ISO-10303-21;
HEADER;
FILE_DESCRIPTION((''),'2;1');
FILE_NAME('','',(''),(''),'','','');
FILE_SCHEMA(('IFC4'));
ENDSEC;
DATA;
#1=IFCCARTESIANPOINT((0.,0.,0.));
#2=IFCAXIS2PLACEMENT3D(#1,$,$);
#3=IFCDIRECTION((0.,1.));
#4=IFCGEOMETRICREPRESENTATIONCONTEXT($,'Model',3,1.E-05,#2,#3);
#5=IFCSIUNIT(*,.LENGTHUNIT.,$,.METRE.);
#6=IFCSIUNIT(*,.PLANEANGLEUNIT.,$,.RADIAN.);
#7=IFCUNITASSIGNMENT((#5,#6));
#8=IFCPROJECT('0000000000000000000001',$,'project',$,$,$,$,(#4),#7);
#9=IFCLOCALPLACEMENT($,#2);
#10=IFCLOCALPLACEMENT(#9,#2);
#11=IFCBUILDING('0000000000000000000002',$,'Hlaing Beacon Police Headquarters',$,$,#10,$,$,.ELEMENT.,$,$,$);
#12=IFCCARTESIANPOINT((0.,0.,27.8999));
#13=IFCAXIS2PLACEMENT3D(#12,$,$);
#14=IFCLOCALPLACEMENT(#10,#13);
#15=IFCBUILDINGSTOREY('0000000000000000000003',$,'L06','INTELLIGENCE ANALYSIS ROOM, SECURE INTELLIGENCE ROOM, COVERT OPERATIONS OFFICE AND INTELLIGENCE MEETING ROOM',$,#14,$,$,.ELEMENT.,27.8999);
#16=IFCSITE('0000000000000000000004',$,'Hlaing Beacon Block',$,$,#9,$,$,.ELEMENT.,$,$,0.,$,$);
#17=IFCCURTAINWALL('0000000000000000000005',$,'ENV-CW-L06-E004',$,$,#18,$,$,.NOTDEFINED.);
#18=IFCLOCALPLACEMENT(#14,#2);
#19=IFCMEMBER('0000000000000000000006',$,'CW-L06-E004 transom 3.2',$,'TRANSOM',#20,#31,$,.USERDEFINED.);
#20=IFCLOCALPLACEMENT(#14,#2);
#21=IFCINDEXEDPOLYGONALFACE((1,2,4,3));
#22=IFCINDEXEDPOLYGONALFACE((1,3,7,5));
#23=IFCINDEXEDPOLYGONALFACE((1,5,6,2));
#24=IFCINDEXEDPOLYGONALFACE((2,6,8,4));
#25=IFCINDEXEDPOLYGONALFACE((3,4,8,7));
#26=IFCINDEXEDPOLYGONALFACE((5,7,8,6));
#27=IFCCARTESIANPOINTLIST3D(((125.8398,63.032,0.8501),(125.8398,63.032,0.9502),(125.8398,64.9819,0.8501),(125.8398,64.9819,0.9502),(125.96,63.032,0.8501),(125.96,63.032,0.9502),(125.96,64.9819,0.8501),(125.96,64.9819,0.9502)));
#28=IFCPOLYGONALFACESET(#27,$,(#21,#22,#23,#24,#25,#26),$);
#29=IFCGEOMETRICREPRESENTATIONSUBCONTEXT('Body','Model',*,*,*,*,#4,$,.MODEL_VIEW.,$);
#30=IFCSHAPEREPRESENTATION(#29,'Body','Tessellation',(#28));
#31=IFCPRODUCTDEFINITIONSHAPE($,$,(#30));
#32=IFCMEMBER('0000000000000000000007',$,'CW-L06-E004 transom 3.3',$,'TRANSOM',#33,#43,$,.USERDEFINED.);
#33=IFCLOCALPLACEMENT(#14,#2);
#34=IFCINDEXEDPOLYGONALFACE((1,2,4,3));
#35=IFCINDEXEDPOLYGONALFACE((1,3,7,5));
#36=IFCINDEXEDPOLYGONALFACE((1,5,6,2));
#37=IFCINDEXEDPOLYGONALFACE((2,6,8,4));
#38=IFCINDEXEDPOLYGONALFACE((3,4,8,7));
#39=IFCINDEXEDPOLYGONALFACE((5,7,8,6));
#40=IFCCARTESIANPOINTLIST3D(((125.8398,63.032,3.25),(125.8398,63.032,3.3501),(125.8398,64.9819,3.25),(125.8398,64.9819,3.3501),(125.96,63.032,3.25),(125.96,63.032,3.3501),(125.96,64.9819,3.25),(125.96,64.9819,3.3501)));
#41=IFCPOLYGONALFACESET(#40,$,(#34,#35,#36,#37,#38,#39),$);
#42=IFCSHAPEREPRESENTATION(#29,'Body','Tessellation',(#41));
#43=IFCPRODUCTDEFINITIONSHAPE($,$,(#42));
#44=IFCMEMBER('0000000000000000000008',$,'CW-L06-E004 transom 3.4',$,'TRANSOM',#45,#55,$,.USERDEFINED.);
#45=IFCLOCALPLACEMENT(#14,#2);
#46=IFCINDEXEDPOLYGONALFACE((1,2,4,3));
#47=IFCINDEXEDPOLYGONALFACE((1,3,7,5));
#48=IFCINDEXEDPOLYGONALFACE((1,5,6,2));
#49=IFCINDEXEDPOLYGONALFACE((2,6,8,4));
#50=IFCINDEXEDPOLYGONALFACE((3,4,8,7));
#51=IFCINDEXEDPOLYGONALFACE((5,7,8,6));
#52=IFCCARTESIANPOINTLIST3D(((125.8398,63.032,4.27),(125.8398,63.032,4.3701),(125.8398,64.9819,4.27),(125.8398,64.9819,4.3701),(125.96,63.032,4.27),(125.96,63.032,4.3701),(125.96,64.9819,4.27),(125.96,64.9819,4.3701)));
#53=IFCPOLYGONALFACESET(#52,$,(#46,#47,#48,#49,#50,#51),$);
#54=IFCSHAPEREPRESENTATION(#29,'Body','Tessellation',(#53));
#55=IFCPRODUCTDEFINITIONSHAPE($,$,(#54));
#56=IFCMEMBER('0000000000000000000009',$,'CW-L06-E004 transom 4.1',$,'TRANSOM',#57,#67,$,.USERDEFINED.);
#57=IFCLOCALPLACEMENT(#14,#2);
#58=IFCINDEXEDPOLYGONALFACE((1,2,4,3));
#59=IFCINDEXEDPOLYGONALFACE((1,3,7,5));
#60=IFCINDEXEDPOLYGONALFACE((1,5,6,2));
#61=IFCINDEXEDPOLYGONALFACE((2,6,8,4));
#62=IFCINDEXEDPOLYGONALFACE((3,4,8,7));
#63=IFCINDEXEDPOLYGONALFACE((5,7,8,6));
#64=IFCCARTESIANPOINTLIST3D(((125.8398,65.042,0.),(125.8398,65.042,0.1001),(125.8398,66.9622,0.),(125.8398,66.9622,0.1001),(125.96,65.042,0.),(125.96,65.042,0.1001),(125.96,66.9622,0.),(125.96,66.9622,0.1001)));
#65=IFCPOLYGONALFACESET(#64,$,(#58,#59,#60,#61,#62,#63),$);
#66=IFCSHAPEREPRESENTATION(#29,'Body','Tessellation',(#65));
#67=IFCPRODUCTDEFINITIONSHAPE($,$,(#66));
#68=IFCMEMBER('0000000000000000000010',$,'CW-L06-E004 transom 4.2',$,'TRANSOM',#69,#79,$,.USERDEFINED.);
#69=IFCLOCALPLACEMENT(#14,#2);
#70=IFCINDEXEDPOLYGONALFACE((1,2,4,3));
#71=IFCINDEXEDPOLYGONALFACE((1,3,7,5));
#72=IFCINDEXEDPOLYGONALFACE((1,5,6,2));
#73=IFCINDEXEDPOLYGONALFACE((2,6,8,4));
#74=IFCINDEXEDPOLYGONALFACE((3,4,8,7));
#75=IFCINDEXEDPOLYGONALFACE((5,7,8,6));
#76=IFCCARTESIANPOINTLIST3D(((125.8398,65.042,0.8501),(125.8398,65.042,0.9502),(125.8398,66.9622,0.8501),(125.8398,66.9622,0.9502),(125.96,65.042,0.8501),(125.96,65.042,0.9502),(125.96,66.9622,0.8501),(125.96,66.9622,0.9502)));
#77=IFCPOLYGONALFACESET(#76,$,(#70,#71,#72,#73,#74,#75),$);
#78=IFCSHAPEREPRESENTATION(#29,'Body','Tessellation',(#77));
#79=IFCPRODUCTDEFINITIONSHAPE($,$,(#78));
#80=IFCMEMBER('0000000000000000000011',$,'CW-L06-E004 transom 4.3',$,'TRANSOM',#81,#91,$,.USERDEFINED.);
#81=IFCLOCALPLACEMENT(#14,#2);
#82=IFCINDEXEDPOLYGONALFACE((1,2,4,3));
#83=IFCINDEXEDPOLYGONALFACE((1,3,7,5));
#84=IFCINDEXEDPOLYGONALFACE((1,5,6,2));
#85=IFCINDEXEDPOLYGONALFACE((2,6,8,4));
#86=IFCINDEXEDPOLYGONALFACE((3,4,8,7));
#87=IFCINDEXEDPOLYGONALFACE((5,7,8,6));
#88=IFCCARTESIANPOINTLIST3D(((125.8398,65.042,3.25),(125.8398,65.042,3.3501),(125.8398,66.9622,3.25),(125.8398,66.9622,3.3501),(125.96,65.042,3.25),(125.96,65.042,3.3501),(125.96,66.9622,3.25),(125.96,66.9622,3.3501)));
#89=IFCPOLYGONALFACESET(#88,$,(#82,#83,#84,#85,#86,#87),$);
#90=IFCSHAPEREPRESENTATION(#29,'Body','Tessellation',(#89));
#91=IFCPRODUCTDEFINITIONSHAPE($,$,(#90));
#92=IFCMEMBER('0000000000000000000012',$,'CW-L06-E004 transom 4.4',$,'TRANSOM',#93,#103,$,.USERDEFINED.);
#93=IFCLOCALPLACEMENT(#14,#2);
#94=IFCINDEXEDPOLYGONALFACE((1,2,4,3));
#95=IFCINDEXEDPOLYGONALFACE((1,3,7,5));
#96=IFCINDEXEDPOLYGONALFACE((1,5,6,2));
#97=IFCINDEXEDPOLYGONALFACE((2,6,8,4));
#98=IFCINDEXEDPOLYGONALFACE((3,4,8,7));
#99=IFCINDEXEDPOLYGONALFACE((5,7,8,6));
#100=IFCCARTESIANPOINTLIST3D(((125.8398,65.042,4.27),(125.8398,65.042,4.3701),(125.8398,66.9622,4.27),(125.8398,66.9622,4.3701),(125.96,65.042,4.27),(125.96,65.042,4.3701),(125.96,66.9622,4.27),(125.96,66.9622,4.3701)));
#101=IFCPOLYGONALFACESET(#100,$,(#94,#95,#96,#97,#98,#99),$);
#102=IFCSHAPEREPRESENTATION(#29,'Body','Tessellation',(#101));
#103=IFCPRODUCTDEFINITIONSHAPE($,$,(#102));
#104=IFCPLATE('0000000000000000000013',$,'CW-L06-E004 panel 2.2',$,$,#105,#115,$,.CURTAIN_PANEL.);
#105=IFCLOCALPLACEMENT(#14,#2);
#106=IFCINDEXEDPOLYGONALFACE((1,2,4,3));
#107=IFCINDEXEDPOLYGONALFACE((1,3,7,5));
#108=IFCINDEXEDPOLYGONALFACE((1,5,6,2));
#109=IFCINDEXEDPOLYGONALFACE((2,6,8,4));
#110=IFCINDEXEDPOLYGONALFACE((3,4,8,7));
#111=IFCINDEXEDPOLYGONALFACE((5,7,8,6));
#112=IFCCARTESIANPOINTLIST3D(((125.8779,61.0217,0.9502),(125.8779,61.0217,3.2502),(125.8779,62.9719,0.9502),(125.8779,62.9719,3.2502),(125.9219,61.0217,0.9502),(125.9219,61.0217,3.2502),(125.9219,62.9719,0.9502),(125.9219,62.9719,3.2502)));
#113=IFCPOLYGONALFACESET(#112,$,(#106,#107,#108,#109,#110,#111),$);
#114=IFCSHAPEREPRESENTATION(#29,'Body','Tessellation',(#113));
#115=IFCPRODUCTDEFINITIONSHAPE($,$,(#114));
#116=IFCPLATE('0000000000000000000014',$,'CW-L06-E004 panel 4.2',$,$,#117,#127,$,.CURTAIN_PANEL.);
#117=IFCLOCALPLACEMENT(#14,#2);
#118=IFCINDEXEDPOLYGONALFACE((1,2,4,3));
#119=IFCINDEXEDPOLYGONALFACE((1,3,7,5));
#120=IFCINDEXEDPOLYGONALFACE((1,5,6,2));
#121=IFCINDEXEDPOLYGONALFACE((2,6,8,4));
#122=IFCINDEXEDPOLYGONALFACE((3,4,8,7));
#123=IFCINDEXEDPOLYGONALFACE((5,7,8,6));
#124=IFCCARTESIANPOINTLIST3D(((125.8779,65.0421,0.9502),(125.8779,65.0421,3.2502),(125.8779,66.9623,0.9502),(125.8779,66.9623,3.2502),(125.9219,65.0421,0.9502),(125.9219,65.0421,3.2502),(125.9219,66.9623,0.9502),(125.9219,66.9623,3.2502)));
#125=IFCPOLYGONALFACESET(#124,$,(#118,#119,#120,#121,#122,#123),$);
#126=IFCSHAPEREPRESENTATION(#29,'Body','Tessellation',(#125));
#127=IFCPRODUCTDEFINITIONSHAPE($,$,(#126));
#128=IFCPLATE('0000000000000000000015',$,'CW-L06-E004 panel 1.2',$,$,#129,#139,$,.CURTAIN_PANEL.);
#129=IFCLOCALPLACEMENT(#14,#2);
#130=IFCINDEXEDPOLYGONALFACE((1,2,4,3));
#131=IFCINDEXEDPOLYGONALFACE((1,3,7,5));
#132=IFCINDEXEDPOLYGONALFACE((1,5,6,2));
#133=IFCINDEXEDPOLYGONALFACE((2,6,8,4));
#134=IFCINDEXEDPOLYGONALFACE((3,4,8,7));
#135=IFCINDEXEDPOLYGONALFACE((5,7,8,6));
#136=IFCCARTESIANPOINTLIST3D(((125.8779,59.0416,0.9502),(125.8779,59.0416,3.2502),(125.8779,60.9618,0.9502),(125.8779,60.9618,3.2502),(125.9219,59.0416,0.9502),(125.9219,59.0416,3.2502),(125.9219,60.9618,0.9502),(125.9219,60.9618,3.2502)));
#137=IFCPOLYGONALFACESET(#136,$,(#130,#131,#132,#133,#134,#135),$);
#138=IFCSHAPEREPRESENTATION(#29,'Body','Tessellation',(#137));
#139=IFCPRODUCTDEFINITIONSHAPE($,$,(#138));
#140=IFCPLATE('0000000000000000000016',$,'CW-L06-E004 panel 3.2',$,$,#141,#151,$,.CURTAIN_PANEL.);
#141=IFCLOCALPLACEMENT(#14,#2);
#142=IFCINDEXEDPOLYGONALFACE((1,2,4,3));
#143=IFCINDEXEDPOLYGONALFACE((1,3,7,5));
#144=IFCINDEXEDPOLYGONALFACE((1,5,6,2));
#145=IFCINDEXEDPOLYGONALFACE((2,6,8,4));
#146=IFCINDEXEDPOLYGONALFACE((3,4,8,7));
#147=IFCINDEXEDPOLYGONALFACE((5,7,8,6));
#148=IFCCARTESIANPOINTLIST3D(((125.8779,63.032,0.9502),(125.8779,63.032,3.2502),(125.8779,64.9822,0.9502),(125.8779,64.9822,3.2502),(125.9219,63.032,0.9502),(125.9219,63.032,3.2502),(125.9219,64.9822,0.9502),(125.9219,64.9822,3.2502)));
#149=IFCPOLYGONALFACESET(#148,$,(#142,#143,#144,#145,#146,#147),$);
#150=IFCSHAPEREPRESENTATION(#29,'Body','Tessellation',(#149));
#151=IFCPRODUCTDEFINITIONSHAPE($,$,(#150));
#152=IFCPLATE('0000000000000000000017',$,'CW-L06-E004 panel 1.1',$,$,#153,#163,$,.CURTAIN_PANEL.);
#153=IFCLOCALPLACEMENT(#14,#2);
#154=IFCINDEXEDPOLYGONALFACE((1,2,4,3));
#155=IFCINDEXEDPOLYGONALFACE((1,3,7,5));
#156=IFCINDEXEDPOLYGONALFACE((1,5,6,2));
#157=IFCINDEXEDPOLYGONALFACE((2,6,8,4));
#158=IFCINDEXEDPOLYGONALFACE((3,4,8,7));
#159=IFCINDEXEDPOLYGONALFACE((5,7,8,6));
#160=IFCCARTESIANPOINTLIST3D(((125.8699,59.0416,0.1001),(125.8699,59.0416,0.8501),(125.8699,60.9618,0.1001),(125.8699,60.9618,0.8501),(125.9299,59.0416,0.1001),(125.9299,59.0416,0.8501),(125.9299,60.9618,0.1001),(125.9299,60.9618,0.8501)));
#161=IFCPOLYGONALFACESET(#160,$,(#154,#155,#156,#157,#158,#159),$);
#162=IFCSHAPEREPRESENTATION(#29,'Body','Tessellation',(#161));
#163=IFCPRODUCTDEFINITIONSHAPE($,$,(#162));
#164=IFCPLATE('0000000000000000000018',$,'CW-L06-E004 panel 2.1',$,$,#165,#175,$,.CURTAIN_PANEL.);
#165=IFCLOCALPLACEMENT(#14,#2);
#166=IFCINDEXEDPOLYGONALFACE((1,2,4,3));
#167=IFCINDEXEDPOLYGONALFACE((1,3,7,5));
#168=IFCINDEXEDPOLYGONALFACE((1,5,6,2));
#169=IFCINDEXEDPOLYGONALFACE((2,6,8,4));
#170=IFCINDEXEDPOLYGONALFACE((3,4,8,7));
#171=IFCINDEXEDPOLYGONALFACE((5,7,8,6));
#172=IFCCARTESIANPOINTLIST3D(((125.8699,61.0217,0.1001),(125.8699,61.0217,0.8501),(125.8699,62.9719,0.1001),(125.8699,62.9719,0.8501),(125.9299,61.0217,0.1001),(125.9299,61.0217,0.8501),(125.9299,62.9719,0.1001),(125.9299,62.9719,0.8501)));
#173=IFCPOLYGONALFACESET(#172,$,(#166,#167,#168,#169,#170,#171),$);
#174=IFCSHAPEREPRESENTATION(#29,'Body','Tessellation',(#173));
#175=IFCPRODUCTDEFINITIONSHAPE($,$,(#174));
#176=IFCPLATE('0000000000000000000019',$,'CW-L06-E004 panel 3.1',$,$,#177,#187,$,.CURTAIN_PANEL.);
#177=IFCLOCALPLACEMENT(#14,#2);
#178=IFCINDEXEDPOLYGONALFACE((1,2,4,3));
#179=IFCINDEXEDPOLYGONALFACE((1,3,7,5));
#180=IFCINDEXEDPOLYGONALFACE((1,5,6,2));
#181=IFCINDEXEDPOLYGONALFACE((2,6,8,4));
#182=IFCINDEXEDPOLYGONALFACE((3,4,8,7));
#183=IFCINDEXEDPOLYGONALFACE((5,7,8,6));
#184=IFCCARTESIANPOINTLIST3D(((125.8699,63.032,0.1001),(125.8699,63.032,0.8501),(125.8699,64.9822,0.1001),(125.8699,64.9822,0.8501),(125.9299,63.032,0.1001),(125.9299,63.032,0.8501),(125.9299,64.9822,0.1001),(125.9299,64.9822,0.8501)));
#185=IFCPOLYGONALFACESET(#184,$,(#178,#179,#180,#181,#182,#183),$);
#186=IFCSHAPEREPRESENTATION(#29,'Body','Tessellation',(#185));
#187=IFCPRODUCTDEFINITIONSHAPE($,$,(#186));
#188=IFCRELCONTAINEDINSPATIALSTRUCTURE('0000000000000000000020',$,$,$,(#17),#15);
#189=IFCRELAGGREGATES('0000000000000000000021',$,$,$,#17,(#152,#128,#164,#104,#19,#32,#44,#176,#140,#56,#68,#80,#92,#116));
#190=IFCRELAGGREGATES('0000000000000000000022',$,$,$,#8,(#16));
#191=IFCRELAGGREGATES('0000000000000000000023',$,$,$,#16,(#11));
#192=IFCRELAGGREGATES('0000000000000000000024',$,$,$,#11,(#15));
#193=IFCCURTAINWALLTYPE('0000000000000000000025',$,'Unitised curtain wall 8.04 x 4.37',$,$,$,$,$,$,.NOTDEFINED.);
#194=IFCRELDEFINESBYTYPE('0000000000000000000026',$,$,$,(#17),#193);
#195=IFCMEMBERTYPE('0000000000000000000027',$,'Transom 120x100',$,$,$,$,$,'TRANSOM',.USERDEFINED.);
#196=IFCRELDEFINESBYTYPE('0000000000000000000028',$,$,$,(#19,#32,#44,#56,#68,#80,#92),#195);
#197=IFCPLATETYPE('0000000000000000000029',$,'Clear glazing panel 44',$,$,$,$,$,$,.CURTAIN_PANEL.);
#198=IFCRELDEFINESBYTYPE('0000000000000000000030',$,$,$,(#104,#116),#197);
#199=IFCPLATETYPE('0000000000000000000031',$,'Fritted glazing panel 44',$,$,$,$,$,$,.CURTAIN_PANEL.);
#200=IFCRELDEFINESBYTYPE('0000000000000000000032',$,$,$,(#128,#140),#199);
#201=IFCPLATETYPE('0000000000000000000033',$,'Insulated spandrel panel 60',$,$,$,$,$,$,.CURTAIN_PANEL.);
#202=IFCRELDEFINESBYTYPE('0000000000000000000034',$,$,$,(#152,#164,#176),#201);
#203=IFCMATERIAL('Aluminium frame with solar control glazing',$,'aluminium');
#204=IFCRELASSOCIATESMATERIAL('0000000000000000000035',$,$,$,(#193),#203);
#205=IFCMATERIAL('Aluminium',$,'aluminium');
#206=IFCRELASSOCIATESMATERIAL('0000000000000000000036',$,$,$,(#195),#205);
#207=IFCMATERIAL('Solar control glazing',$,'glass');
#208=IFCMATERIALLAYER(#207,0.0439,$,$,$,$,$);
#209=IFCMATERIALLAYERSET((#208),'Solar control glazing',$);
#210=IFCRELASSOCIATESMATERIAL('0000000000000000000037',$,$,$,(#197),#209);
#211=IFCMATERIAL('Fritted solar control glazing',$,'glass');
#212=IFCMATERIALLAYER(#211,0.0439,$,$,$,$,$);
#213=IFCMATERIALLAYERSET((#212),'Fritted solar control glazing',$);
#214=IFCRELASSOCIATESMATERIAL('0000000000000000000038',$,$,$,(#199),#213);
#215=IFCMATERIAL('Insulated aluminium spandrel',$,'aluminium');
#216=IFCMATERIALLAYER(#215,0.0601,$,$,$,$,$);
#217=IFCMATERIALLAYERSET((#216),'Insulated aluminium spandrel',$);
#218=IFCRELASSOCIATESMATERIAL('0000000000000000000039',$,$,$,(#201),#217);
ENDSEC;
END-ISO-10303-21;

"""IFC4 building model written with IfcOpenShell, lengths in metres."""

from ifc_helpers import new_model, si_unit, direction, frame, origin, origin_2d, place, context, subcontext, project, spatial, rectangle, extrude, material, layer, layer_set, material_profile, profile_set, type_object, element, aggregate, save


model = new_model("IFC4")

# Units and contexts
model_context = context("Model", 3, precision=1e-05, world=origin(), true_north=direction((0.0, 1.0)))
body_context = subcontext(model_context, "Body", "Model", "MODEL_VIEW")
ifc_project = project(units=[si_unit("LENGTHUNIT", "METRE"), si_unit("PLANEANGLEUNIT", "RADIAN")], contexts=[model_context])

# Site, building, storey
site_placement = place(None, origin())
site = spatial("IfcSite", under=ifc_project, at=site_placement, Name="Hlaing Beacon Block", CompositionType="ELEMENT", RefElevation=0.0)
building_placement = place(site_placement, origin())
building = spatial("IfcBuilding", under=site, at=building_placement, Name="Hlaing Beacon Police Headquarters", CompositionType="ELEMENT")
storey_placement = place(building_placement, frame((0.0, 0.0, 27.8999)))
storey = spatial("IfcBuildingStorey", under=building, at=storey_placement, Name="L06", Description="INTELLIGENCE ANALYSIS ROOM, SECURE INTELLIGENCE ROOM, COVERT OPERATIONS OFFICE AND INTELLIGENCE MEETING ROOM", CompositionType="ELEMENT", Elevation=27.8999)

# Curtain wall, members, plates
ifc_material_1 = material(Name="Aluminium frame with solar control glazing", Category="aluminium")
curtain_wall_type = type_object("IfcCurtainWallType", Name="Unitised curtain wall 8.04 x 4.37", PredefinedType="NOTDEFINED", material=ifc_material_1)
curtain_wall_placement = place(storey_placement, origin())
curtain_wall = element("IfcCurtainWall", 1, at=curtain_wall_placement, inside=storey, type_object=curtain_wall_type, Name="ENV-CW-L06-E004", PredefinedType="NOTDEFINED")
ifc_material_2 = material(Name="Aluminium", Category="aluminium")
ifc_material_profile_1 = material_profile(ifc_material_2, rectangle(XDim=0.1201, YDim=0.1001, at=origin_2d()), Name="Transom 120x100")
ifc_profile_set_1 = profile_set([ifc_material_profile_1], Name="Aluminium")
member_type_1 = type_object("IfcMemberType", Name="Transom 120x100", ElementType="TRANSOM", PredefinedType="USERDEFINED", material=ifc_profile_set_1)
member_1_placement = place(storey_placement, frame((125.8999, 63.032, 0.9001), z_axis=(0.0, 1.0, 0.0), x_axis=(-1.0, 0.0, 0.0)))
member_1 = element("IfcMember", 2, at=member_1_placement, type_object=member_type_1, Name="CW-L06-E004 transom 3.2", ObjectType="TRANSOM", PredefinedType="USERDEFINED", context=body_context, shape_type="SweptSolid", body=[
    extrude(rectangle(XDim=0.1201, YDim=0.1001, at=origin_2d()), origin(), (0.0, 0.0, 1.0), 1.95),
])
member_2_placement = place(storey_placement, frame((125.8999, 63.032, 3.3), z_axis=(0.0, 1.0, 0.0), x_axis=(-1.0, 0.0, 0.0)))
member_2 = element("IfcMember", 3, at=member_2_placement, type_object=member_type_1, Name="CW-L06-E004 transom 3.3", ObjectType="TRANSOM", PredefinedType="USERDEFINED", context=body_context, shape_type="SweptSolid", body=[
    extrude(rectangle(XDim=0.1201, YDim=0.1001, at=origin_2d()), origin(), (0.0, 0.0, 1.0), 1.95),
])
member_3_placement = place(storey_placement, frame((125.8999, 63.032, 4.3201), z_axis=(0.0, 1.0, 0.0), x_axis=(-1.0, 0.0, 0.0)))
member_3 = element("IfcMember", 4, at=member_3_placement, type_object=member_type_1, Name="CW-L06-E004 transom 3.4", ObjectType="TRANSOM", PredefinedType="USERDEFINED", context=body_context, shape_type="SweptSolid", body=[
    extrude(rectangle(XDim=0.1201, YDim=0.1001, at=origin_2d()), origin(), (0.0, 0.0, 1.0), 1.95),
])
member_4_placement = place(storey_placement, frame((125.8999, 65.042, 0.05), z_axis=(0.0, 1.0, 0.0), x_axis=(-1.0, 0.0, 0.0)))
member_4 = element("IfcMember", 5, at=member_4_placement, type_object=member_type_1, Name="CW-L06-E004 transom 4.1", ObjectType="TRANSOM", PredefinedType="USERDEFINED", context=body_context, shape_type="SweptSolid", body=[
    extrude(rectangle(XDim=0.1201, YDim=0.1001, at=origin_2d()), origin(), (0.0, 0.0, 1.0), 1.9202),
])
member_5_placement = place(storey_placement, frame((125.8999, 65.042, 0.9001), z_axis=(0.0, 1.0, 0.0), x_axis=(-1.0, 0.0, 0.0)))
member_5 = element("IfcMember", 6, at=member_5_placement, type_object=member_type_1, Name="CW-L06-E004 transom 4.2", ObjectType="TRANSOM", PredefinedType="USERDEFINED", context=body_context, shape_type="SweptSolid", body=[
    extrude(rectangle(XDim=0.1201, YDim=0.1001, at=origin_2d()), origin(), (0.0, 0.0, 1.0), 1.9202),
])
member_6_placement = place(storey_placement, frame((125.8999, 65.042, 3.3), z_axis=(0.0, 1.0, 0.0), x_axis=(-1.0, 0.0, 0.0)))
member_6 = element("IfcMember", 7, at=member_6_placement, type_object=member_type_1, Name="CW-L06-E004 transom 4.3", ObjectType="TRANSOM", PredefinedType="USERDEFINED", context=body_context, shape_type="SweptSolid", body=[
    extrude(rectangle(XDim=0.1201, YDim=0.1001, at=origin_2d()), origin(), (0.0, 0.0, 1.0), 1.9202),
])
member_7_placement = place(storey_placement, frame((125.8999, 65.042, 4.3201), z_axis=(0.0, 1.0, 0.0), x_axis=(-1.0, 0.0, 0.0)))
member_7 = element("IfcMember", 8, at=member_7_placement, type_object=member_type_1, Name="CW-L06-E004 transom 4.4", ObjectType="TRANSOM", PredefinedType="USERDEFINED", context=body_context, shape_type="SweptSolid", body=[
    extrude(rectangle(XDim=0.1201, YDim=0.1001, at=origin_2d()), origin(), (0.0, 0.0, 1.0), 1.9202),
])
ifc_material_3 = material(Name="Solar control glazing", Category="glass")
ifc_layer_1 = layer(ifc_material_3, 0.0439)
ifc_layer_set_1 = layer_set([ifc_layer_1], Name="Solar control glazing")
plate_type_1 = type_object("IfcPlateType", Name="Clear glazing panel 44", PredefinedType="CURTAIN_PANEL", material=ifc_layer_set_1)
plate_1_placement = place(storey_placement, frame((125.8999, 61.9968, 0.9502), z_axis=(0.0, 0.0, 1.0), x_axis=(0.0, 1.0, 0.0)))
plate_1 = element("IfcPlate", 9, at=plate_1_placement, type_object=plate_type_1, Name="CW-L06-E004 panel 2.2", PredefinedType="CURTAIN_PANEL", context=body_context, shape_type="SweptSolid", body=[
    extrude(rectangle(XDim=1.9502, YDim=0.0439, at=origin_2d()), origin(), (0.0, 0.0, 1.0), 2.3),
])
plate_2_placement = place(storey_placement, frame((125.8999, 66.0022, 0.9502), z_axis=(0.0, 0.0, 1.0), x_axis=(0.0, 1.0, 0.0)))
plate_2 = element("IfcPlate", 10, at=plate_2_placement, type_object=plate_type_1, Name="CW-L06-E004 panel 4.2", PredefinedType="CURTAIN_PANEL", context=body_context, shape_type="SweptSolid", body=[
    extrude(rectangle(XDim=1.9202, YDim=0.0439, at=origin_2d()), origin(), (0.0, 0.0, 1.0), 2.3),
])
ifc_material_4 = material(Name="Fritted solar control glazing", Category="glass")
ifc_layer_2 = layer(ifc_material_4, 0.0439)
ifc_layer_set_2 = layer_set([ifc_layer_2], Name="Fritted solar control glazing")
plate_type_2 = type_object("IfcPlateType", Name="Fritted glazing panel 44", PredefinedType="CURTAIN_PANEL", material=ifc_layer_set_2)
plate_3_placement = place(storey_placement, frame((125.8999, 60.0017, 0.9502), z_axis=(0.0, 0.0, 1.0), x_axis=(0.0, 1.0, 0.0)))
plate_3 = element("IfcPlate", 11, at=plate_3_placement, type_object=plate_type_2, Name="CW-L06-E004 panel 1.2", PredefinedType="CURTAIN_PANEL", context=body_context, shape_type="SweptSolid", body=[
    extrude(rectangle(XDim=1.9202, YDim=0.0439, at=origin_2d()), origin(), (0.0, 0.0, 1.0), 2.3),
])
plate_4_placement = place(storey_placement, frame((125.8999, 64.0071, 0.9502), z_axis=(0.0, 0.0, 1.0), x_axis=(0.0, 1.0, 0.0)))
plate_4 = element("IfcPlate", 12, at=plate_4_placement, type_object=plate_type_2, Name="CW-L06-E004 panel 3.2", PredefinedType="CURTAIN_PANEL", context=body_context, shape_type="SweptSolid", body=[
    extrude(rectangle(XDim=1.9502, YDim=0.0439, at=origin_2d()), origin(), (0.0, 0.0, 1.0), 2.3),
])
ifc_material_5 = material(Name="Insulated aluminium spandrel", Category="aluminium")
ifc_layer_3 = layer(ifc_material_5, 0.0601)
ifc_layer_set_3 = layer_set([ifc_layer_3], Name="Insulated aluminium spandrel")
plate_type_3 = type_object("IfcPlateType", Name="Insulated spandrel panel 60", PredefinedType="CURTAIN_PANEL", material=ifc_layer_set_3)
plate_5_placement = place(storey_placement, frame((125.8999, 60.0017, 0.1001), z_axis=(0.0, 0.0, 1.0), x_axis=(0.0, 1.0, 0.0)))
plate_5 = element("IfcPlate", 13, at=plate_5_placement, type_object=plate_type_3, Name="CW-L06-E004 panel 1.1", PredefinedType="CURTAIN_PANEL", context=body_context, shape_type="SweptSolid", body=[
    extrude(rectangle(XDim=1.9202, YDim=0.0601, at=origin_2d()), origin(), (0.0, 0.0, 1.0), 0.75),
])
plate_6_placement = place(storey_placement, frame((125.8999, 61.9968, 0.1001), z_axis=(0.0, 0.0, 1.0), x_axis=(0.0, 1.0, 0.0)))
plate_6 = element("IfcPlate", 14, at=plate_6_placement, type_object=plate_type_3, Name="CW-L06-E004 panel 2.1", PredefinedType="CURTAIN_PANEL", context=body_context, shape_type="SweptSolid", body=[
    extrude(rectangle(XDim=1.9502, YDim=0.0601, at=origin_2d()), origin(), (0.0, 0.0, 1.0), 0.75),
])
plate_7_placement = place(storey_placement, frame((125.8999, 64.0071, 0.1001), z_axis=(0.0, 0.0, 1.0), x_axis=(0.0, 1.0, 0.0)))
plate_7 = element("IfcPlate", 15, at=plate_7_placement, type_object=plate_type_3, Name="CW-L06-E004 panel 3.1", PredefinedType="CURTAIN_PANEL", context=body_context, shape_type="SweptSolid", body=[
    extrude(rectangle(XDim=1.9502, YDim=0.0601, at=origin_2d()), origin(), (0.0, 0.0, 1.0), 0.75),
])
aggregate(curtain_wall, [plate_5, plate_3, plate_6, plate_1, member_1, member_2, member_3, plate_7, plate_4, member_4, member_5, member_6, member_7, plate_2])

save(model, "model.ifc")
